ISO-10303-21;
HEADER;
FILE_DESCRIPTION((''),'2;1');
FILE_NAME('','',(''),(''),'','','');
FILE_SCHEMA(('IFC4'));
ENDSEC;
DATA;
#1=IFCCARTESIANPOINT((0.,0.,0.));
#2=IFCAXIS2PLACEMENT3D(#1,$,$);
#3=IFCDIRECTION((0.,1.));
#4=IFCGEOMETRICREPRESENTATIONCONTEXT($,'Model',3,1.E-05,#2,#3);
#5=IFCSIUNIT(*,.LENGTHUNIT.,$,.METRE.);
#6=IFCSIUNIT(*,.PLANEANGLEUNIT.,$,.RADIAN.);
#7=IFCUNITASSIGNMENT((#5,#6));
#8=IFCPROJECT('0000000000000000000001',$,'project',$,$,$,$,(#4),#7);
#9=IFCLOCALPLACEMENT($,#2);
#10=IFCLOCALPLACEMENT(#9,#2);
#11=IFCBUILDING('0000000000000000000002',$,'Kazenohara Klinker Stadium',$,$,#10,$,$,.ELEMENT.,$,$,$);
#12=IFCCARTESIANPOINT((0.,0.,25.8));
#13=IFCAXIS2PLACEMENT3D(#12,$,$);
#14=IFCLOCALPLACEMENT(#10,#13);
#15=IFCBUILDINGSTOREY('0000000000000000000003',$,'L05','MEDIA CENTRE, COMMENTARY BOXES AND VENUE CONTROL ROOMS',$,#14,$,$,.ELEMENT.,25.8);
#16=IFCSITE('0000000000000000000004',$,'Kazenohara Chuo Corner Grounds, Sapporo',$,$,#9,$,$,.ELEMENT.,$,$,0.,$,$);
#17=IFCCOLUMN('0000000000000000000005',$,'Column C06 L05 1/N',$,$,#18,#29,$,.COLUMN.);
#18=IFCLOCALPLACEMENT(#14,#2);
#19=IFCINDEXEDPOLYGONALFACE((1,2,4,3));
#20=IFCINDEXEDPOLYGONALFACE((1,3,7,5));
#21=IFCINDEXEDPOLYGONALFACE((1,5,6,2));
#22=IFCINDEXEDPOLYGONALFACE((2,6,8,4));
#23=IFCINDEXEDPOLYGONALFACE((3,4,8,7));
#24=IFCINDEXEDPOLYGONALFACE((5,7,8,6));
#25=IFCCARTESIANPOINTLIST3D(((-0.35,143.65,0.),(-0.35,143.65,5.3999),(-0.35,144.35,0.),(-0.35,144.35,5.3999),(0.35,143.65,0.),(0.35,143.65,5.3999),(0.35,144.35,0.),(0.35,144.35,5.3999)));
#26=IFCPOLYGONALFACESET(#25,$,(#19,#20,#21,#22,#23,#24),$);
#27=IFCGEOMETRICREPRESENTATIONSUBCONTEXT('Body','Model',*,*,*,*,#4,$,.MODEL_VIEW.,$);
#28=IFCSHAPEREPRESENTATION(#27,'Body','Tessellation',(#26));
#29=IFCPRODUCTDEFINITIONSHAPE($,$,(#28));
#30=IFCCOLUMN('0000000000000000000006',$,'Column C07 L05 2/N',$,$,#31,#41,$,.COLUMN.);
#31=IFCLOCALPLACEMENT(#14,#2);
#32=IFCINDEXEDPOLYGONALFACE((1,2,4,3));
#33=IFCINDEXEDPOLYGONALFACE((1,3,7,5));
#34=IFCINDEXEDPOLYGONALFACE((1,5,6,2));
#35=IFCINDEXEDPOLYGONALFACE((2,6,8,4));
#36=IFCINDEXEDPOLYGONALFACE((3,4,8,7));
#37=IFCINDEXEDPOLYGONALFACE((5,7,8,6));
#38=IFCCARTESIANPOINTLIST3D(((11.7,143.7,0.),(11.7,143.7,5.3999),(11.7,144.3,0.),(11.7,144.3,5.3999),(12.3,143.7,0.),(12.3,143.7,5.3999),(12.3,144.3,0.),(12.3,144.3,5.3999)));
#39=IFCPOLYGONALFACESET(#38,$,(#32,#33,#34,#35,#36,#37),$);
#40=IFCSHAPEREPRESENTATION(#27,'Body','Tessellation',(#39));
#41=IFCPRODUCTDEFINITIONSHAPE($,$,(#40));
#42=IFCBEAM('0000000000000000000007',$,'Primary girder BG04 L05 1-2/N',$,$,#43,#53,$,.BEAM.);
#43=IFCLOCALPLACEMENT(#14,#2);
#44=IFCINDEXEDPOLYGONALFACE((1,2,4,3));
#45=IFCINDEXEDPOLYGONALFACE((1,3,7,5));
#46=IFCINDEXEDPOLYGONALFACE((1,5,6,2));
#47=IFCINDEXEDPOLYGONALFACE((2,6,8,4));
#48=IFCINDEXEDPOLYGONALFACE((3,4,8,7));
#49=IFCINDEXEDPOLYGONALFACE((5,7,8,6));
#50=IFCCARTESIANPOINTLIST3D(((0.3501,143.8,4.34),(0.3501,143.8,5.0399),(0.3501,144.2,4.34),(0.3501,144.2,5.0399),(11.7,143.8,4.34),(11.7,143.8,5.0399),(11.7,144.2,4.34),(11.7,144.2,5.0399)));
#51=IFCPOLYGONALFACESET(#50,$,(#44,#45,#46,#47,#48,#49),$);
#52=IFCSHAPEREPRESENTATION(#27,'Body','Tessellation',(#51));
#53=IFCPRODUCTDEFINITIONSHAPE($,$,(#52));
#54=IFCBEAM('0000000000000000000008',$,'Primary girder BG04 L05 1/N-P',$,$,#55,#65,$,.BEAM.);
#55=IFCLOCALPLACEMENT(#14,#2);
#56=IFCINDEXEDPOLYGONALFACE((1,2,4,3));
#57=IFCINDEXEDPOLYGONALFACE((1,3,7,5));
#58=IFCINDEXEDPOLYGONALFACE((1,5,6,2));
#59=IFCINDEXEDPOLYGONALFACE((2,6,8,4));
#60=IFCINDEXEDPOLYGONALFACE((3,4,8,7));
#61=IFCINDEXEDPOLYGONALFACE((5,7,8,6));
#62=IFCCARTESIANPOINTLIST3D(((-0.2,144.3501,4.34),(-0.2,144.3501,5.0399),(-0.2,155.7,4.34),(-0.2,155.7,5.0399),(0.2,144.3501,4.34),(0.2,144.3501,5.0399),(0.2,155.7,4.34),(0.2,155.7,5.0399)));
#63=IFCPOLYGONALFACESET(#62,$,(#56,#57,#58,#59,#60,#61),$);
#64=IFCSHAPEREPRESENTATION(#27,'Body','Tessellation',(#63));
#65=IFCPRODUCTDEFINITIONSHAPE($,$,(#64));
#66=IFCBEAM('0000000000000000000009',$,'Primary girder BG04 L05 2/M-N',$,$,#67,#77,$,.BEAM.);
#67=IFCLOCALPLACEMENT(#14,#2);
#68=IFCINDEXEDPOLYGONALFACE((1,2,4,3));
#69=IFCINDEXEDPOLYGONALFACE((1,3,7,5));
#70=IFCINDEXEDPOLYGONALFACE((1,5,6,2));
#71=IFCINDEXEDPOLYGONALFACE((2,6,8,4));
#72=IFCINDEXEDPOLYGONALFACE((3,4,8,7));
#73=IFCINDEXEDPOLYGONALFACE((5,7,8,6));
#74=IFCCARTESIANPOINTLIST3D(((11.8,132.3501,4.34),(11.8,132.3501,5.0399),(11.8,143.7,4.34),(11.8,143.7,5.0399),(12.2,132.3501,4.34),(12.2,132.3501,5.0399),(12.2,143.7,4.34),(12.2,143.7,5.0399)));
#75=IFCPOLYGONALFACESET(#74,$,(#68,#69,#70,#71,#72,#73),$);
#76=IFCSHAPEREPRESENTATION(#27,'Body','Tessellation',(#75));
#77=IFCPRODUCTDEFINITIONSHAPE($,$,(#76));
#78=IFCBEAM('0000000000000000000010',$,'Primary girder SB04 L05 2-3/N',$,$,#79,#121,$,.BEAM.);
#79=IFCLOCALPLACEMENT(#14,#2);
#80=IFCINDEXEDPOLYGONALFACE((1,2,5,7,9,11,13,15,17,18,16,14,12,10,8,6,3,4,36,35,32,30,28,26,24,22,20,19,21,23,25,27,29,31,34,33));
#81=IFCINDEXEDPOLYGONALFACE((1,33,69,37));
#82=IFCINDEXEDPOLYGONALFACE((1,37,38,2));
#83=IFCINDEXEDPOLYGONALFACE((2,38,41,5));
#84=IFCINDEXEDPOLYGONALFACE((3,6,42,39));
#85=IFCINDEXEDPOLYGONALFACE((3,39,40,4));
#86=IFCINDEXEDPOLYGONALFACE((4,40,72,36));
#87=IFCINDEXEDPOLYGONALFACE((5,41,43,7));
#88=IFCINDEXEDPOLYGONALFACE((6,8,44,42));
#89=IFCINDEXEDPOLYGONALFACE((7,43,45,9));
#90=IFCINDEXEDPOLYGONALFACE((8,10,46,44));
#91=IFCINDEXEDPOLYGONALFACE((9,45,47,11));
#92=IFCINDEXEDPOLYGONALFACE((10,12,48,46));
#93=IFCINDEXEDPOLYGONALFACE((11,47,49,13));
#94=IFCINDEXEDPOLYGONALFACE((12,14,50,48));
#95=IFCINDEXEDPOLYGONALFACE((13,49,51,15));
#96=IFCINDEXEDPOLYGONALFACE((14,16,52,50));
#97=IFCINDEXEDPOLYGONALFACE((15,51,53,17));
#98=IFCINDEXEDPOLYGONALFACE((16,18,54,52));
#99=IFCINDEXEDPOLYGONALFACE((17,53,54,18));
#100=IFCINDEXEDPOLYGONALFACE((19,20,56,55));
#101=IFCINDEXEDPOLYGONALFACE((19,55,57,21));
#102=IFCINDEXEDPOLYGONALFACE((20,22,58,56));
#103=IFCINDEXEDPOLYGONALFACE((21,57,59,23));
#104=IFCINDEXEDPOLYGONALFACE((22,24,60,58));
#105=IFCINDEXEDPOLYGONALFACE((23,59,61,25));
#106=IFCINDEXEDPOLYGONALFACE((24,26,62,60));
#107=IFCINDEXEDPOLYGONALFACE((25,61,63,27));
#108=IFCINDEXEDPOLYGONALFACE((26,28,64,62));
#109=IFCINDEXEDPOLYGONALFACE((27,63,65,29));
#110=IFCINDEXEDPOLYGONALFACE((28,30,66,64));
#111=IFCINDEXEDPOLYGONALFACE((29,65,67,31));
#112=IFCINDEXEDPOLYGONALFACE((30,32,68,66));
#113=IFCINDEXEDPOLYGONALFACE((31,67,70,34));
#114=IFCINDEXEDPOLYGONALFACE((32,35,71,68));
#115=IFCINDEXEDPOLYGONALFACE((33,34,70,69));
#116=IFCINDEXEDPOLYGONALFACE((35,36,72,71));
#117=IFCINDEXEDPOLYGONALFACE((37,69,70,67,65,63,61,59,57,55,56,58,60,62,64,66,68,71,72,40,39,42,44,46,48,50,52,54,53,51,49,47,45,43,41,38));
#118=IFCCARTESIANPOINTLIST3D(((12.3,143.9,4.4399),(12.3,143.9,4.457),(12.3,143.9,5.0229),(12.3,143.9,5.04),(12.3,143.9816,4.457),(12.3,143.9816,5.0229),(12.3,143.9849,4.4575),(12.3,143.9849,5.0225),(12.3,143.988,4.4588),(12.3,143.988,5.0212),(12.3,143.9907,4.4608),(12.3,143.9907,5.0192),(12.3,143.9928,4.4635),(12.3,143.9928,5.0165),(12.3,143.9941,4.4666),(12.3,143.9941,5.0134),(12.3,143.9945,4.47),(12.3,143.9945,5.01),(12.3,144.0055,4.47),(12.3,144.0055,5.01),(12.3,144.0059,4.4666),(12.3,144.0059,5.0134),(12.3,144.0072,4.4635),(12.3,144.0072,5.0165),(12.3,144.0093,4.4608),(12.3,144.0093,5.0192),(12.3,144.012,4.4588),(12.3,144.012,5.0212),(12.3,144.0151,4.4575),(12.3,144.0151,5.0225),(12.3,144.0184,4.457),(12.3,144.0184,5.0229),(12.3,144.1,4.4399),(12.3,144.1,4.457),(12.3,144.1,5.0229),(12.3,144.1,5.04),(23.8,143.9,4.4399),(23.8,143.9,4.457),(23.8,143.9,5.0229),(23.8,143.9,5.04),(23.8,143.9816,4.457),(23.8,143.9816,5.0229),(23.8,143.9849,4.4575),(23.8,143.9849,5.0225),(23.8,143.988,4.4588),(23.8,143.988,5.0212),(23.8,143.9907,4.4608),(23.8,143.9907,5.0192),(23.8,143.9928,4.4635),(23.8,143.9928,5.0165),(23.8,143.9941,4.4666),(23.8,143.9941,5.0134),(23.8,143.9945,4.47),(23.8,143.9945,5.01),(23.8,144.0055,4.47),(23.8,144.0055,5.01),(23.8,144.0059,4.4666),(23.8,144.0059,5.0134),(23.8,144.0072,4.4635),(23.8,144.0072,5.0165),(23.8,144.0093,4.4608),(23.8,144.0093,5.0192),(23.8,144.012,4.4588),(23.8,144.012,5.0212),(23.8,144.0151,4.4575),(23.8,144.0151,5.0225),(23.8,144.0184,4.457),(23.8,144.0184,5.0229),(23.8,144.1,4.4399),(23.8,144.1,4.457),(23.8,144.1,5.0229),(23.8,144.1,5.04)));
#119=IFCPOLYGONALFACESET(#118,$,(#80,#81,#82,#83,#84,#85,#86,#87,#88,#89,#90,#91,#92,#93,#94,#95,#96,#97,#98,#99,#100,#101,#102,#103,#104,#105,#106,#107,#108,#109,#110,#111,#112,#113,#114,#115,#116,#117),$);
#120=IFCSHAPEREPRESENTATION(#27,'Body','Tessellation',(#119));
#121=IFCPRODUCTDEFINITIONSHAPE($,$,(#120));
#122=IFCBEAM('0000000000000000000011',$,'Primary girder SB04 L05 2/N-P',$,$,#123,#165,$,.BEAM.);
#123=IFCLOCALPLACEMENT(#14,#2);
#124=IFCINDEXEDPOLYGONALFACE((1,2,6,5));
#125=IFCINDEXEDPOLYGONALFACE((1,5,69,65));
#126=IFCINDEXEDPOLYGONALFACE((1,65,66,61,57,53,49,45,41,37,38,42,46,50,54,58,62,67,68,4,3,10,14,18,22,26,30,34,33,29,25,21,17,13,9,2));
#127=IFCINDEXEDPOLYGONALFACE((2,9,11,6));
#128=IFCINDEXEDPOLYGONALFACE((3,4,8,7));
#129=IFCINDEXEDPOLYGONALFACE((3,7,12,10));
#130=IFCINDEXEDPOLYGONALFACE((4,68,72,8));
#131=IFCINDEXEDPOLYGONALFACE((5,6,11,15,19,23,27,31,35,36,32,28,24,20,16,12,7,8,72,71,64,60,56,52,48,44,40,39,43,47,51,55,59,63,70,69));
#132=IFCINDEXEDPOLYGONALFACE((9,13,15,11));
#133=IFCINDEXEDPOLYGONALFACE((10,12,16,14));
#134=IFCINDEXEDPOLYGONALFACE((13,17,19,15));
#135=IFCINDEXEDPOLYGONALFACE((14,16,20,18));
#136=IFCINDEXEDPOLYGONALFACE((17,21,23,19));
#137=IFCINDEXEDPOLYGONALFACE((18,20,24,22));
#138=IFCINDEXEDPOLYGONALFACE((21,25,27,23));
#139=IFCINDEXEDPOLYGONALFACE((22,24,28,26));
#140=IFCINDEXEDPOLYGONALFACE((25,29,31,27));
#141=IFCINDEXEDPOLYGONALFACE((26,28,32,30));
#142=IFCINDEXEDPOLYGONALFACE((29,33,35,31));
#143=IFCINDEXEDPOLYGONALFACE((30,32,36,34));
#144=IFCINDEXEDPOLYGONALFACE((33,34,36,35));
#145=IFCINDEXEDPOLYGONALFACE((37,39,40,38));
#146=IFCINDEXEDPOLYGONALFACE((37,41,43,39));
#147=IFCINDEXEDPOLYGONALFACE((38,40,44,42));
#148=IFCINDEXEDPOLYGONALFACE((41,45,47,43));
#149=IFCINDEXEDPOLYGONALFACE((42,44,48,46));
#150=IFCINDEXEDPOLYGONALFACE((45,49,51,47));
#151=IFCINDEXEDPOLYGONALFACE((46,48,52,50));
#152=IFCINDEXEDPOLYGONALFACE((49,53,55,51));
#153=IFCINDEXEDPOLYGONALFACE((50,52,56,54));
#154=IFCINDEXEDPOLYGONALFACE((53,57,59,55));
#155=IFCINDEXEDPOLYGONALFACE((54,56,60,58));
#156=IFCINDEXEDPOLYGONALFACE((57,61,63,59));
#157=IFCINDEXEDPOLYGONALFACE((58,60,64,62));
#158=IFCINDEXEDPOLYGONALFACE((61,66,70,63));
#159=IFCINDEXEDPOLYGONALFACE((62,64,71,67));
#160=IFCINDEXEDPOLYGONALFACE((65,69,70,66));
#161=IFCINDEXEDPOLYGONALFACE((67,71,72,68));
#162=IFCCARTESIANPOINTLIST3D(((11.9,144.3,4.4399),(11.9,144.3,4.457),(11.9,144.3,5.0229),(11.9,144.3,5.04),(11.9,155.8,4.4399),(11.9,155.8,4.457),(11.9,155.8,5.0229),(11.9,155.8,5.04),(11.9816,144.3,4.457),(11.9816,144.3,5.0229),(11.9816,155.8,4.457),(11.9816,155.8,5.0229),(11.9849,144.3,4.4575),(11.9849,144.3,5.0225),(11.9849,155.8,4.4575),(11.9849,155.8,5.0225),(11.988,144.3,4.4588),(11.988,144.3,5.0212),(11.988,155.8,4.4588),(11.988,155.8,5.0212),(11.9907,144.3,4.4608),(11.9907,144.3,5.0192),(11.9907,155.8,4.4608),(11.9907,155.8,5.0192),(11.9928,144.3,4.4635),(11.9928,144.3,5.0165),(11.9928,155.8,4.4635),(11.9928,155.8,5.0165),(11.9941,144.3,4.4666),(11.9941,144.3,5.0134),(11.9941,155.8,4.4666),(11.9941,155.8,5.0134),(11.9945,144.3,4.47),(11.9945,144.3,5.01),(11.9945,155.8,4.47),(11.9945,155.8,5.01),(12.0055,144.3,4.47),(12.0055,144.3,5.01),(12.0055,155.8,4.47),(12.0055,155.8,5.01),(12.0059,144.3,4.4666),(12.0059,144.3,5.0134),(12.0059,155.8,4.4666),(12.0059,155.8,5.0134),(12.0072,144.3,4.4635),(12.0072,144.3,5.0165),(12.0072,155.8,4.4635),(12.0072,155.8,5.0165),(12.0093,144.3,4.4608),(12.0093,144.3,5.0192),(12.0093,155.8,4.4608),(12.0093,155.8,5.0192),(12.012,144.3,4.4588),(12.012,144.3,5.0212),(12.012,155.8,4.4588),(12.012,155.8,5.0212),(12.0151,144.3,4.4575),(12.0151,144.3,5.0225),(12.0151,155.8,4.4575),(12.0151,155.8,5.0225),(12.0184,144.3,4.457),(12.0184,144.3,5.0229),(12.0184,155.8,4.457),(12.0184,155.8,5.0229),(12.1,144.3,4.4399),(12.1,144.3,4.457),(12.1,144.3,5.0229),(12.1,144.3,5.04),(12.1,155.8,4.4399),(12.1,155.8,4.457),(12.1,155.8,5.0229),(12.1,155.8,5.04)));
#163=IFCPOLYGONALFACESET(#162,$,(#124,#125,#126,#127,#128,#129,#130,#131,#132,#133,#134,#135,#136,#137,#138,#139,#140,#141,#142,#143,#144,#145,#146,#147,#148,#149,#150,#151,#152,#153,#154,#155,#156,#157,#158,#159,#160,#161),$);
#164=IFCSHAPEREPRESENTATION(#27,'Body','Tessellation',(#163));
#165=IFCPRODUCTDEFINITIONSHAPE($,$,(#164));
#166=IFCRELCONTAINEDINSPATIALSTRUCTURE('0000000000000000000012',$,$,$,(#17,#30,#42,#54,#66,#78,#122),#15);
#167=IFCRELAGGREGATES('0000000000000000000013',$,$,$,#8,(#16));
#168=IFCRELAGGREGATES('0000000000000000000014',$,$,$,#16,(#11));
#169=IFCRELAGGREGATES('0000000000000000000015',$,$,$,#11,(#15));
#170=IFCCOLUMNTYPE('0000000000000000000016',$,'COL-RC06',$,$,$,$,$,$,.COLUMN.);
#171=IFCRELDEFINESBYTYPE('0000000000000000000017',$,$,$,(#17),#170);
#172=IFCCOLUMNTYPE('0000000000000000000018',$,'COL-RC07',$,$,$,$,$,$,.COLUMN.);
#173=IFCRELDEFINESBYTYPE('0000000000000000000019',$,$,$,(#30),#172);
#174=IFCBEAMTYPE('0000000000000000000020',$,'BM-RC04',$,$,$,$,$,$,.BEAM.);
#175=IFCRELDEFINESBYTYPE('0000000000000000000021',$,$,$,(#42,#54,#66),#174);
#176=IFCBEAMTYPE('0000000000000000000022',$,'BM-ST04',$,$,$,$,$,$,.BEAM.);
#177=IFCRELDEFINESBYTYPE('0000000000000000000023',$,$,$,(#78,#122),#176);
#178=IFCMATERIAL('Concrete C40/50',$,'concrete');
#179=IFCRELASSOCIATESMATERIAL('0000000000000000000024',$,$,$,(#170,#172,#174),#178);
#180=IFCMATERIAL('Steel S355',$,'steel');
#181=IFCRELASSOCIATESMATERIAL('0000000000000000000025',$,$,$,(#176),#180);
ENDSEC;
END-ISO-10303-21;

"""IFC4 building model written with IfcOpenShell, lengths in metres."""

from ifc_helpers import new_model, si_unit, direction, frame, origin, origin_2d, place, context, subcontext, project, spatial, rectangle, i_section, extrude, material, material_profile, profile_set, type_object, element, save


model = new_model("IFC4")

# Units and contexts
model_context = context("Model", 3, precision=1e-05, world=origin(), true_north=direction((0.0, 1.0)))
body_context = subcontext(model_context, "Body", "Model", "MODEL_VIEW")
ifc_project = project(units=[si_unit("LENGTHUNIT", "METRE"), si_unit("PLANEANGLEUNIT", "RADIAN")], contexts=[model_context])

# Site, building, storey
site_placement = place(None, origin())
site = spatial("IfcSite", under=ifc_project, at=site_placement, Name="Kazenohara Chuo Corner Grounds, Sapporo", CompositionType="ELEMENT", RefElevation=0.0)
building_placement = place(site_placement, origin())
building = spatial("IfcBuilding", under=site, at=building_placement, Name="Kazenohara Klinker Stadium", CompositionType="ELEMENT")
storey_placement = place(building_placement, frame((0.0, 0.0, 25.8)))
storey = spatial("IfcBuildingStorey", under=building, at=storey_placement, Name="L05", Description="MEDIA CENTRE, COMMENTARY BOXES AND VENUE CONTROL ROOMS", CompositionType="ELEMENT", Elevation=25.8)

# Columns
ifc_material_1 = material(Name="Concrete C40/50", Category="concrete")
ifc_material_profile_1 = material_profile(ifc_material_1, rectangle(XDim=0.7, YDim=0.7, at=origin_2d()), Name="RC-COL-700x700")
ifc_profile_set_1 = profile_set([ifc_material_profile_1], Name="Concrete C40/50")
column_type_1 = type_object("IfcColumnType", Name="COL-RC06", PredefinedType="COLUMN", material=ifc_profile_set_1)
column_1_placement = place(storey_placement, frame((0.0, 144.0, 0.0), z_axis=(0.0, 0.0, 1.0), x_axis=(1.0, 0.0, 0.0)))
element("IfcColumn", 1, at=column_1_placement, inside=storey, type_object=column_type_1, Name="Column C06 L05 1/N", PredefinedType="COLUMN", context=body_context, shape_type="SweptSolid", body=[
    extrude(rectangle(XDim=0.7, YDim=0.7, at=origin_2d()), origin(), (0.0, 0.0, 1.0), 5.3999),
])
ifc_material_profile_2 = material_profile(ifc_material_1, rectangle(XDim=0.6001, YDim=0.6001, at=origin_2d()), Name="RC-COL-600x600")
ifc_profile_set_2 = profile_set([ifc_material_profile_2], Name="Concrete C40/50")
column_type_2 = type_object("IfcColumnType", Name="COL-RC07", PredefinedType="COLUMN", material=ifc_profile_set_2)
column_2_placement = place(storey_placement, frame((12.0, 144.0, 0.0), z_axis=(0.0, 0.0, 1.0), x_axis=(1.0, 0.0, 0.0)))
element("IfcColumn", 2, at=column_2_placement, inside=storey, type_object=column_type_2, Name="Column C07 L05 2/N", PredefinedType="COLUMN", context=body_context, shape_type="SweptSolid", body=[
    extrude(rectangle(XDim=0.6001, YDim=0.6001, at=origin_2d()), origin(), (0.0, 0.0, 1.0), 5.3999),
])

# Beams
ifc_material_profile_3 = material_profile(ifc_material_1, rectangle(XDim=0.3999, YDim=0.7, at=origin_2d()), Name="RC-BM-400x700")
ifc_profile_set_3 = profile_set([ifc_material_profile_3], Name="Concrete C40/50")
beam_type_1 = type_object("IfcBeamType", Name="BM-RC04", PredefinedType="BEAM", material=ifc_profile_set_3)
for number, where, z_axis, x_axis, name in (
    (3, (0.3501, 144.0, 4.6899), (1.0, 0.0, 0.0), (0.0, 1.0, 0.0), "Primary girder BG04 L05 1-2/N"),
    (4, (0.0, 144.3501, 4.6899), (0.0, 1.0, 0.0), (-1.0, 0.0, 0.0), "Primary girder BG04 L05 1/N-P"),
    (5, (12.0, 132.3501, 4.6899), (0.0, 1.0, 0.0), (-1.0, 0.0, 0.0), "Primary girder BG04 L05 2/M-N"),
):
    element("IfcBeam", number, at=place(storey_placement, frame(where, z_axis=z_axis, x_axis=x_axis)), inside=storey, type_object=beam_type_1, Name=name, PredefinedType="BEAM", context=body_context, shape_type="SweptSolid", body=[
        extrude(rectangle(XDim=0.3999, YDim=0.7, at=origin_2d()), origin(), (0.0, 0.0, 1.0), 11.3499),
    ])
ifc_material_2 = material(Name="Steel S355", Category="steel")
ifc_material_profile_4 = material_profile(ifc_material_2, i_section(OverallWidth=0.2, OverallDepth=0.6001, WebThickness=0.011, FlangeThickness=0.0171, FilletRadius=0.0129, at=origin_2d()), Name="H-600x200x11x17")
ifc_profile_set_4 = profile_set([ifc_material_profile_4], Name="Steel S355")
beam_type_2 = type_object("IfcBeamType", Name="BM-ST04", PredefinedType="BEAM", material=ifc_profile_set_4)
for number, where, z_axis, x_axis, name in (
    (6, (12.3, 144.0, 4.74), (1.0, 0.0, 0.0), (0.0, 1.0, 0.0), "Primary girder SB04 L05 2-3/N"),
    (7, (12.0, 144.3, 4.74), (0.0, 1.0, 0.0), (-1.0, 0.0, 0.0), "Primary girder SB04 L05 2/N-P"),
):
    element("IfcBeam", number, at=place(storey_placement, frame(where, z_axis=z_axis, x_axis=x_axis)), inside=storey, type_object=beam_type_2, Name=name, PredefinedType="BEAM", context=body_context, shape_type="SweptSolid", body=[
        extrude(i_section(OverallWidth=0.2, OverallDepth=0.6001, WebThickness=0.011, FlangeThickness=0.0171, FilletRadius=0.0129, at=origin_2d()), origin(), (0.0, 0.0, 1.0), 11.5),
    ])

save(model, "model.ifc")
